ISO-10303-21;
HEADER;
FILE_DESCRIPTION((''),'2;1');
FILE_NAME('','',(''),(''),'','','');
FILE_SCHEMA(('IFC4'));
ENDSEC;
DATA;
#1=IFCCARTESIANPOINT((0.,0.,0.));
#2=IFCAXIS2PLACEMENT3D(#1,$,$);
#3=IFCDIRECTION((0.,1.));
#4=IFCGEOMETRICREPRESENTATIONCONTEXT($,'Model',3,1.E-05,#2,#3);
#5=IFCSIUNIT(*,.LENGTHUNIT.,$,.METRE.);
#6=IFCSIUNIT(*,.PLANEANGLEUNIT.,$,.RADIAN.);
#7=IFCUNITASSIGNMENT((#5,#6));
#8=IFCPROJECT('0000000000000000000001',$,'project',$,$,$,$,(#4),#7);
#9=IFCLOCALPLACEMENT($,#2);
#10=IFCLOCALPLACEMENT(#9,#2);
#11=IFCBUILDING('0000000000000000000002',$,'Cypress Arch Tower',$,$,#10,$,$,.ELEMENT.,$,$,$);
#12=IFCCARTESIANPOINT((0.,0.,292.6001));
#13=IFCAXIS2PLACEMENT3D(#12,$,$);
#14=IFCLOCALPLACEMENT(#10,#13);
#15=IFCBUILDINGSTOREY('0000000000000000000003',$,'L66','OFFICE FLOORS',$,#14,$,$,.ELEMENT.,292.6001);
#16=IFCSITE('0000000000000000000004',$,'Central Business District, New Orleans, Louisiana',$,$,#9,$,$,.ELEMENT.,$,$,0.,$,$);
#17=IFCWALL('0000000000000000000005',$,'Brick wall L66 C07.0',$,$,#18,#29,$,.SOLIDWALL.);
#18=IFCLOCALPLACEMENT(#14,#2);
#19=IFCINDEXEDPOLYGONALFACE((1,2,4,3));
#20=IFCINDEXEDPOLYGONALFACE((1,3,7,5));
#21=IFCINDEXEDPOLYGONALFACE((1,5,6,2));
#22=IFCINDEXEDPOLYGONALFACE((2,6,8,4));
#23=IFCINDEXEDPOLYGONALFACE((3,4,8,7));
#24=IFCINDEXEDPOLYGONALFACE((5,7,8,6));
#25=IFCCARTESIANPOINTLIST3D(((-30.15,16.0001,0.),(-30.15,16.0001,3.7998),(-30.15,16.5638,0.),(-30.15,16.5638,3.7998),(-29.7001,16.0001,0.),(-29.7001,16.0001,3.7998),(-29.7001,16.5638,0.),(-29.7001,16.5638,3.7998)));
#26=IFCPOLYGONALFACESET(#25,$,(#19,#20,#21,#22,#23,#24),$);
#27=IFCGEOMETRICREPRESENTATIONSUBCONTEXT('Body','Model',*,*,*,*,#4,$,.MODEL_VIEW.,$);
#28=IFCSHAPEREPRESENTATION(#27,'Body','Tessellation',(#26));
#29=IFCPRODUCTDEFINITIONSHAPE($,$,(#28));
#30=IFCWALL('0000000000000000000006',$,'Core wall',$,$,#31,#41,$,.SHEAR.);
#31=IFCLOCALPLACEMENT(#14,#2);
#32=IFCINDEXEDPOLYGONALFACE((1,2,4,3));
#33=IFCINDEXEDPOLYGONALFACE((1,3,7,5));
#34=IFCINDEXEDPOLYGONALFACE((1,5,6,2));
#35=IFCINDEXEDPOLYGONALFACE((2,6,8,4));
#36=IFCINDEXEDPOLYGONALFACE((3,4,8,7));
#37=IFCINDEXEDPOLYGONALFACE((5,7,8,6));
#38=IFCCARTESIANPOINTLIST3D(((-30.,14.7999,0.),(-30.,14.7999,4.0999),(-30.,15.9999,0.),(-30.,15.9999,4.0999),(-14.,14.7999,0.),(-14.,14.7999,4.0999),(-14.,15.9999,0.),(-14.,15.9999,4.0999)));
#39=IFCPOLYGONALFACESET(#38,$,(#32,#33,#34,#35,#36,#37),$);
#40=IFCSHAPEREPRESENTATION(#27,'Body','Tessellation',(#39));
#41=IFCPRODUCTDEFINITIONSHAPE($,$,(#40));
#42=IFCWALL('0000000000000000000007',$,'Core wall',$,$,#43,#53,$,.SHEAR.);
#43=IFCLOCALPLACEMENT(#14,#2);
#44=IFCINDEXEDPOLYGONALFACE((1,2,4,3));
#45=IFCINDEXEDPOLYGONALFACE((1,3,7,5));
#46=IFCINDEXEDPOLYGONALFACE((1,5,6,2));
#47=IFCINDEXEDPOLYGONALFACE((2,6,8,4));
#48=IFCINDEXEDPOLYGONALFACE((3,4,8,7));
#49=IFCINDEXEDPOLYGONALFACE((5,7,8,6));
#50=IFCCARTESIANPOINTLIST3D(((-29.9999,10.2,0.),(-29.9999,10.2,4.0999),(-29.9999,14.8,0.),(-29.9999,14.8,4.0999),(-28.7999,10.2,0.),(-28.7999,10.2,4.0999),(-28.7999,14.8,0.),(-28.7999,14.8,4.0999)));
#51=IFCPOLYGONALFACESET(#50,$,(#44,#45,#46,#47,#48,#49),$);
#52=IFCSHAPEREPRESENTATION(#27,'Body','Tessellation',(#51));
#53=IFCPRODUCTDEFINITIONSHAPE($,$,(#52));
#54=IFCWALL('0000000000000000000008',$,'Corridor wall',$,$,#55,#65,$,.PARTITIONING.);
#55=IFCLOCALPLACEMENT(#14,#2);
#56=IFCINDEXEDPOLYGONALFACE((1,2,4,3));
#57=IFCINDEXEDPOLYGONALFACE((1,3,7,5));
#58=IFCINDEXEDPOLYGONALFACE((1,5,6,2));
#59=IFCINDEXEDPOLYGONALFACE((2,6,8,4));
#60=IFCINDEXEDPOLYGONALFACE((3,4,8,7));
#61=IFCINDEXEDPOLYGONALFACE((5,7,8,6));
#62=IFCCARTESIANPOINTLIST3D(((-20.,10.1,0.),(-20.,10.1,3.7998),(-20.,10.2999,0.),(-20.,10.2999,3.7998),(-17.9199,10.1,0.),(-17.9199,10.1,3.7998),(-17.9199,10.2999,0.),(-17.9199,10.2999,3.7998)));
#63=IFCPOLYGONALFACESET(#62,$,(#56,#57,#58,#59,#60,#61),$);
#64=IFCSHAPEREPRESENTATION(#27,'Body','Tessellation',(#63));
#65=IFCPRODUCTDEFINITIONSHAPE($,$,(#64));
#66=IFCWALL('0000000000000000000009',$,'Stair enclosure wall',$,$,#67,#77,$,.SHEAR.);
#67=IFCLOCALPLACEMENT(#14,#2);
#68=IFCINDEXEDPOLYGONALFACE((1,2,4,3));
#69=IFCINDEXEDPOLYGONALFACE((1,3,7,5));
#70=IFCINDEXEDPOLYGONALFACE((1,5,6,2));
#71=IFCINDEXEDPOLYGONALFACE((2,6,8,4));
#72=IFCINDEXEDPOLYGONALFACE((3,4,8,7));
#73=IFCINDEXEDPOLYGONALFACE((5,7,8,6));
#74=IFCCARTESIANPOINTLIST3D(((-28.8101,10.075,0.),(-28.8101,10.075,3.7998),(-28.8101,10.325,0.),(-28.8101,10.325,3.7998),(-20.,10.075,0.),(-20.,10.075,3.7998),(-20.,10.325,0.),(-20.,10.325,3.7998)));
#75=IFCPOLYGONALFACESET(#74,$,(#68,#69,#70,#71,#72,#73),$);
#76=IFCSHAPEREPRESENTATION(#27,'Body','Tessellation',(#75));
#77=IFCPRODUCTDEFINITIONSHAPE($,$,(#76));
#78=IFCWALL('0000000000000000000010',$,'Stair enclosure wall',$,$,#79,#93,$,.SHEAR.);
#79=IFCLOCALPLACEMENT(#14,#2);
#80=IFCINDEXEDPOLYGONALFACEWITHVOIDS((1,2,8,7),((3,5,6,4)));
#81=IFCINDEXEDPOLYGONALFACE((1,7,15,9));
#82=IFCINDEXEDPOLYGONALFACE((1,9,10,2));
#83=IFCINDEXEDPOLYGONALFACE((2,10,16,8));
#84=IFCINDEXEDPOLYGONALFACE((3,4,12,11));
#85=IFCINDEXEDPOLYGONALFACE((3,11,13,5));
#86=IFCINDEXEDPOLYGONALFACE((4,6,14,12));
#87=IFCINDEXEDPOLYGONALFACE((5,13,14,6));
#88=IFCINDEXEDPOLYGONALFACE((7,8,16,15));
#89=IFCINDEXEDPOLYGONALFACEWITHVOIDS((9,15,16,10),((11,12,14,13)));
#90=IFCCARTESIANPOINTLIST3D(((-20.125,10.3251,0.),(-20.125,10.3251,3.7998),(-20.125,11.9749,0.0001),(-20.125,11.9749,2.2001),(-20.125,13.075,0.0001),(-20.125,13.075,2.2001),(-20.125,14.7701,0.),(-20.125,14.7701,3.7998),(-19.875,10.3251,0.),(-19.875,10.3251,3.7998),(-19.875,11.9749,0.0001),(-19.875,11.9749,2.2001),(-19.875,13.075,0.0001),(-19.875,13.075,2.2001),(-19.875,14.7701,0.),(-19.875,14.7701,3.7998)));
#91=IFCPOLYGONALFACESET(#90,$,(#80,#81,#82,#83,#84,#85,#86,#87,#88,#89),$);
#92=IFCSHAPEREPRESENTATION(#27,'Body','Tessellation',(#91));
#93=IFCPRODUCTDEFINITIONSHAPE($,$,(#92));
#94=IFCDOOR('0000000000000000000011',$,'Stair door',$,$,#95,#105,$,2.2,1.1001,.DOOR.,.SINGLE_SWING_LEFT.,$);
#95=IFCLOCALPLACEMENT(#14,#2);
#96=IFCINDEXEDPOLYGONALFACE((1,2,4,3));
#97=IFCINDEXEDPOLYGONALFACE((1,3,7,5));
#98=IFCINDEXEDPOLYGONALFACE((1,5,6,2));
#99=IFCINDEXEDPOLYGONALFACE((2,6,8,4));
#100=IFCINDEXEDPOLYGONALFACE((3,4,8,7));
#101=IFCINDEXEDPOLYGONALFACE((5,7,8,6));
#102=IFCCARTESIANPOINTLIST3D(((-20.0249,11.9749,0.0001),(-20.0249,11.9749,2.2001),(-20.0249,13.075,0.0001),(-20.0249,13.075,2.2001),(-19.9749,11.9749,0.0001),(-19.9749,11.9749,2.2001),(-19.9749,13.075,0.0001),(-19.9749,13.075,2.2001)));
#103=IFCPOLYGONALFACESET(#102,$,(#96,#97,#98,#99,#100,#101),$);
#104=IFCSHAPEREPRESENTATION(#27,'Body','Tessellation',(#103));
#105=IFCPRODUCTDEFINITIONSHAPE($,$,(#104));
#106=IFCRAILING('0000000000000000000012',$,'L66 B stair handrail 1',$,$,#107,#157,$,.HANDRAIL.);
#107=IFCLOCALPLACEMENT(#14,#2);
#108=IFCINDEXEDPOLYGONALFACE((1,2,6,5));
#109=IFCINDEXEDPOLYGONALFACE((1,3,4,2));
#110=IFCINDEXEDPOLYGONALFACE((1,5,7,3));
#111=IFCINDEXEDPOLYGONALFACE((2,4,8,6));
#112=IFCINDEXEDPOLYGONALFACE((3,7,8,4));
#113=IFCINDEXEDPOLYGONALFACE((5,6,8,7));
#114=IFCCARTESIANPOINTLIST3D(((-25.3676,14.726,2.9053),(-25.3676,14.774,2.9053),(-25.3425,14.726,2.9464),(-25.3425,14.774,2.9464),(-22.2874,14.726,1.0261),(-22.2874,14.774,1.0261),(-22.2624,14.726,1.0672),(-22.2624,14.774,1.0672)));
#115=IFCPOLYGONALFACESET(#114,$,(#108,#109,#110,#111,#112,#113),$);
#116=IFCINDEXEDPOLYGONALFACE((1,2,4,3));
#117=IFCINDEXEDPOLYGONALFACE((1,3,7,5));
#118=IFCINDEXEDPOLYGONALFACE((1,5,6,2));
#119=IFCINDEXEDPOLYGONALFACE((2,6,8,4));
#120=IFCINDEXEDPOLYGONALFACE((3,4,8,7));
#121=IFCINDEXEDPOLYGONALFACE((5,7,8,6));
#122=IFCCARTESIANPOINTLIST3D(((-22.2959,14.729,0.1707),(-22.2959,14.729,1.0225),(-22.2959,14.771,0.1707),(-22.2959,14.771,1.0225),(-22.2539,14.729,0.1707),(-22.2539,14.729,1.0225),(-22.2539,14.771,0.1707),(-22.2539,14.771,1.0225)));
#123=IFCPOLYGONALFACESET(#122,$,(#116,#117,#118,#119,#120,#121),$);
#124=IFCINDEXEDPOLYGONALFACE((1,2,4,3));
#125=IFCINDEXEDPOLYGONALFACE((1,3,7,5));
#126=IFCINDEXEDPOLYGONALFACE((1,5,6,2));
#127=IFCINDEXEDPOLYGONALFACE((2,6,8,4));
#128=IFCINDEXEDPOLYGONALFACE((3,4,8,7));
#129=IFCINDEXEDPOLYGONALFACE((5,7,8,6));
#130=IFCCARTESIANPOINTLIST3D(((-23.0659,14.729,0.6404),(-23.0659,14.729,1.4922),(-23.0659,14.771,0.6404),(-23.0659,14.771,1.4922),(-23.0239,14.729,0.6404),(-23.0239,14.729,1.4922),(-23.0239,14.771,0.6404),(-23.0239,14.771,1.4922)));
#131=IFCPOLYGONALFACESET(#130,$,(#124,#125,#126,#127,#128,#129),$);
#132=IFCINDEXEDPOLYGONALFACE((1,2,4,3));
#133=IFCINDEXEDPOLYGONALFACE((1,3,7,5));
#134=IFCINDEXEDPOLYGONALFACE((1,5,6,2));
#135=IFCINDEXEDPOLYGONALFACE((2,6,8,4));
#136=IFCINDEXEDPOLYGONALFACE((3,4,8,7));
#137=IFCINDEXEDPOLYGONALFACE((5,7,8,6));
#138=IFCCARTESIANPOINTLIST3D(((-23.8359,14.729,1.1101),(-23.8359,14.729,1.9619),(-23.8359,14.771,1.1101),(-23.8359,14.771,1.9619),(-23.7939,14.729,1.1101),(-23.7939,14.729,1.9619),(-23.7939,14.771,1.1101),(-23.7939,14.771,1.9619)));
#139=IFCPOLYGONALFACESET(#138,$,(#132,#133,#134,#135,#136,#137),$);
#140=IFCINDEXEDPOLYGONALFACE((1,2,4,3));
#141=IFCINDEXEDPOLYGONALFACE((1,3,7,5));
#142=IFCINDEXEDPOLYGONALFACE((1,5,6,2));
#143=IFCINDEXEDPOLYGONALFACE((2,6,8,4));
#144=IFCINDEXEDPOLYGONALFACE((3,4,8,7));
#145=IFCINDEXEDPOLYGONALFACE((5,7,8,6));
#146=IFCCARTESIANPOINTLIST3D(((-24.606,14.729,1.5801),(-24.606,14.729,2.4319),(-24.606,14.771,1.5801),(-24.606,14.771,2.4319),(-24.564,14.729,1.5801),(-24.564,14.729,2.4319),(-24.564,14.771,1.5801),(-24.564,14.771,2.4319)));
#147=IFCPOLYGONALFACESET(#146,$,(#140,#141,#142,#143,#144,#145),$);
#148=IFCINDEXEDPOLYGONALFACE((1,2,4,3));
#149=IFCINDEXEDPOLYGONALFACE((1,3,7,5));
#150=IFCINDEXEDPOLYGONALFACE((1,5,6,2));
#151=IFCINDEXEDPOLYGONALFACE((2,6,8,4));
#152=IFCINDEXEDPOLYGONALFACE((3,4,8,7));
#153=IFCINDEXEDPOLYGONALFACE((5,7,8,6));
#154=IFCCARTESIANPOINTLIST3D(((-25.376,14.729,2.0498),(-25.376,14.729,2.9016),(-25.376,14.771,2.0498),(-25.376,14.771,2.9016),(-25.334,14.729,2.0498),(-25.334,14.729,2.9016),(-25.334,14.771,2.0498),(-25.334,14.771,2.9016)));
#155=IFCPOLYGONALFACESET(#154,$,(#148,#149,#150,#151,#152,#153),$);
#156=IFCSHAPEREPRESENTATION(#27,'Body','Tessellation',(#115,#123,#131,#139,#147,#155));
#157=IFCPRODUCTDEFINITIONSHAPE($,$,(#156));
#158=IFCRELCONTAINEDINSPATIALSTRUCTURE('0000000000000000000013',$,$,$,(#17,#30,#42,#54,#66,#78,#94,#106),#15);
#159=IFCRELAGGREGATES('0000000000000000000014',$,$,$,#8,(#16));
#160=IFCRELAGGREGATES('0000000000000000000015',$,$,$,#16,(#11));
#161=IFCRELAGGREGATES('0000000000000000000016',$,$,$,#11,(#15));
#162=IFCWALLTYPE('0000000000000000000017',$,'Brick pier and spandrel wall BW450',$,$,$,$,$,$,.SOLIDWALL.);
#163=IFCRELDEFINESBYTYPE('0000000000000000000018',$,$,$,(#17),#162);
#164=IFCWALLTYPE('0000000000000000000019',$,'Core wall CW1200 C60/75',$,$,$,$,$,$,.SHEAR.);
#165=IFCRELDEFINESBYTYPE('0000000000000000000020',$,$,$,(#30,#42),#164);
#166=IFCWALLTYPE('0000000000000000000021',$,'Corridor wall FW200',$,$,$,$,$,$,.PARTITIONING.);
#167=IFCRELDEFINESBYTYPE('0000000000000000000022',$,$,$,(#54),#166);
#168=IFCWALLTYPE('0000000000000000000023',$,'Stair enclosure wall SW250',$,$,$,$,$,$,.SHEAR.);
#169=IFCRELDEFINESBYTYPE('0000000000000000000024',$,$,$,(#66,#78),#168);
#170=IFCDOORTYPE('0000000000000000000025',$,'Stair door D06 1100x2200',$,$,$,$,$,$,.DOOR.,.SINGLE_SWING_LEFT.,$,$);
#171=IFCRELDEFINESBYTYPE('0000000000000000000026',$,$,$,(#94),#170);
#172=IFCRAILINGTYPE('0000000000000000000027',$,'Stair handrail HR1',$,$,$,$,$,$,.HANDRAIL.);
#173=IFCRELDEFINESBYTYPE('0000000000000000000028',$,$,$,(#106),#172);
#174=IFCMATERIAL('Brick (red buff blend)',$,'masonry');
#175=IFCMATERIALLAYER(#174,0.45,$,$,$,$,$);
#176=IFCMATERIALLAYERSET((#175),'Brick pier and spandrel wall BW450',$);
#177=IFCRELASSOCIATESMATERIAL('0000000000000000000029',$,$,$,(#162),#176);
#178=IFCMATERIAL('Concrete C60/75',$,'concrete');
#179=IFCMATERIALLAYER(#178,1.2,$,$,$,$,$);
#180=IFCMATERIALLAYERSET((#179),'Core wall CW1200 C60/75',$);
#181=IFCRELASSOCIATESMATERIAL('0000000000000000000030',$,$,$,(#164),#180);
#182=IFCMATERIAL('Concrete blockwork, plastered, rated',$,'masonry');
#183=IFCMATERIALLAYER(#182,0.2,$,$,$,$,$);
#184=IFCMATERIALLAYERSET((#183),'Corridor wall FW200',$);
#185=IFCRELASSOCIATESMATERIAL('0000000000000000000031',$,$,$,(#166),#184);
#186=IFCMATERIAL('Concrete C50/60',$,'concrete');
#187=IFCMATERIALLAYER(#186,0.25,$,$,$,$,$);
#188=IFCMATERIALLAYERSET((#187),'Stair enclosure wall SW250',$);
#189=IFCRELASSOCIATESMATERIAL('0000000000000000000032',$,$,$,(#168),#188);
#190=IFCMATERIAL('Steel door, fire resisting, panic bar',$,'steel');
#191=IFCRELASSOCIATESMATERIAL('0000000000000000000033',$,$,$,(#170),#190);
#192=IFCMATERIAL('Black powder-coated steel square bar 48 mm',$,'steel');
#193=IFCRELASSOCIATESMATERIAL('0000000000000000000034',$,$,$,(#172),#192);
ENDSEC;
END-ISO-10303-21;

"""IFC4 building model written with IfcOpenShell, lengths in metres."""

from ifc_helpers import new_model, si_unit, direction, frame, frame_2d, origin, origin_2d, place, context, subcontext, project, spatial, rectangle, extrude, material, layer, layer_set, type_object, element, fill, save


model = new_model("IFC4")

# Units and contexts
model_context = context("Model", 3, precision=1e-05, world=origin(), true_north=direction((0.0, 1.0)))
body_context = subcontext(model_context, "Body", "Model", "MODEL_VIEW")
ifc_project = project(units=[si_unit("LENGTHUNIT", "METRE"), si_unit("PLANEANGLEUNIT", "RADIAN")], contexts=[model_context])

# Site, building, storey
site_placement = place(None, origin())
site = spatial("IfcSite", under=ifc_project, at=site_placement, Name="Central Business District, New Orleans, Louisiana", CompositionType="ELEMENT", RefElevation=0.0)
building_placement = place(site_placement, origin())
building = spatial("IfcBuilding", under=site, at=building_placement, Name="Cypress Arch Tower", CompositionType="ELEMENT")
storey_placement = place(building_placement, frame((0.0, 0.0, 292.6001)))
storey = spatial("IfcBuildingStorey", under=building, at=storey_placement, Name="L66", Description="OFFICE FLOORS", CompositionType="ELEMENT", Elevation=292.6001)

# Shared definitions
ifc_material_1 = material(Name="Brick (red buff blend)", Category="masonry")
ifc_layer_1 = layer(ifc_material_1, 0.45)
ifc_layer_set_1 = layer_set([ifc_layer_1], Name="Brick pier and spandrel wall BW450")
wall_type_1 = type_object("IfcWallType", Name="Brick pier and spandrel wall BW450", PredefinedType="SOLIDWALL", material=ifc_layer_set_1)

# Walls
wall_1_placement = place(storey_placement, frame((-29.925, 16.5637, 0.0), z_axis=(0.0, 0.0, 1.0), x_axis=(0.0, -1.0, 0.0)))
element("IfcWall", 1, at=wall_1_placement, inside=storey, type_object=wall_type_1, Name="Brick wall L66 C07.0", PredefinedType="SOLIDWALL", context=body_context, shape_type="SweptSolid", body=[
    extrude(rectangle(XDim=0.5637, YDim=0.45, at=frame_2d((0.2817, 0.0))), origin(), (0.0, 0.0, 1.0), 3.7998),
])
ifc_material_2 = material(Name="Concrete C60/75", Category="concrete")
ifc_layer_2 = layer(ifc_material_2, 1.2)
ifc_layer_set_2 = layer_set([ifc_layer_2], Name="Core wall CW1200 C60/75")
wall_type_2 = type_object("IfcWallType", Name="Core wall CW1200 C60/75", PredefinedType="SHEAR", material=ifc_layer_set_2)
wall_2_placement = place(storey_placement, frame((-30.0, 15.3999, 0.0), z_axis=(0.0, 0.0, 1.0), x_axis=(1.0, 0.0, 0.0)))
element("IfcWall", 2, at=wall_2_placement, inside=storey, type_object=wall_type_2, Name="Core wall", PredefinedType="SHEAR", context=body_context, shape_type="SweptSolid", body=[
    extrude(rectangle(XDim=16.0, YDim=1.2, at=frame_2d((8.0, 0.0))), origin(), (0.0, 0.0, 1.0), 4.0999),
])
wall_3_placement = place(storey_placement, frame((-29.3999, 10.2, 0.0), z_axis=(0.0, 0.0, 1.0), x_axis=(0.0, 1.0, 0.0)))
element("IfcWall", 3, at=wall_3_placement, inside=storey, type_object=wall_type_2, Name="Core wall", PredefinedType="SHEAR", context=body_context, shape_type="SweptSolid", body=[
    extrude(rectangle(XDim=4.6001, YDim=1.2, at=frame_2d((2.3, 0.0))), origin(), (0.0, 0.0, 1.0), 4.0999),
])
ifc_material_3 = material(Name="Concrete blockwork, plastered, rated", Category="masonry")
ifc_layer_3 = layer(ifc_material_3, 0.2)
ifc_layer_set_3 = layer_set([ifc_layer_3], Name="Corridor wall FW200")
wall_type_3 = type_object("IfcWallType", Name="Corridor wall FW200", PredefinedType="PARTITIONING", material=ifc_layer_set_3)
wall_4_placement = place(storey_placement, frame((-20.0, 10.2, 0.0), z_axis=(0.0, 0.0, 1.0), x_axis=(1.0, 0.0, 0.0)))
element("IfcWall", 4, at=wall_4_placement, inside=storey, type_object=wall_type_3, Name="Corridor wall", PredefinedType="PARTITIONING", context=body_context, shape_type="SweptSolid", body=[
    extrude(rectangle(XDim=2.0801, YDim=0.2, at=frame_2d((1.04, 0.0))), origin(), (0.0, 0.0, 1.0), 3.7998),
])
ifc_material_4 = material(Name="Concrete C50/60", Category="concrete")
ifc_layer_4 = layer(ifc_material_4, 0.25)
ifc_layer_set_4 = layer_set([ifc_layer_4], Name="Stair enclosure wall SW250")
wall_type_4 = type_object("IfcWallType", Name="Stair enclosure wall SW250", PredefinedType="SHEAR", material=ifc_layer_set_4)
wall_5_placement = place(storey_placement, frame((-28.8101, 10.2, 0.0), z_axis=(0.0, 0.0, 1.0), x_axis=(1.0, 0.0, 0.0)))
element("IfcWall", 5, at=wall_5_placement, inside=storey, type_object=wall_type_4, Name="Stair enclosure wall", PredefinedType="SHEAR", context=body_context, shape_type="SweptSolid", body=[
    extrude(rectangle(XDim=8.8101, YDim=0.25, at=frame_2d((4.405, 0.0))), origin(), (0.0, 0.0, 1.0), 3.7998),
])

# Wall, opening, door
wall_6_placement = place(storey_placement, frame((-20.0, 10.325, 0.0), z_axis=(0.0, 0.0, 1.0), x_axis=(0.0, 1.0, 0.0)))
wall_6 = element("IfcWall", 6, at=wall_6_placement, inside=storey, type_object=wall_type_4, Name="Stair enclosure wall", PredefinedType="SHEAR", context=body_context, shape_type="SweptSolid", body=[
    extrude(rectangle(XDim=4.4451, YDim=0.25, at=frame_2d((2.2227, 0.0))), origin(), (0.0, 0.0, 1.0), 3.7998),
])
opening_1_placement = place(wall_6_placement, frame((1.6499, 0.0, 0.0)))
opening_1 = element("IfcOpeningElement", 7, at=opening_1_placement, cuts=wall_6, PredefinedType="OPENING", context=body_context, shape_type="SweptSolid", body=[
    extrude(rectangle(XDim=1.1001, YDim=2.2, at=frame_2d((0.55, 1.1001))), frame((0.0, 0.135, 0.0), z_axis=(0.0, -1.0, 0.0), x_axis=(1.0, 0.0, 0.0)), (0.0, 0.0, 1.0), 0.27),
])
ifc_material_5 = material(Name="Steel door, fire resisting, panic bar", Category="steel")
door_type = type_object("IfcDoorType", Name="Stair door D06 1100x2200", OperationType="SINGLE_SWING_LEFT", PredefinedType="DOOR", material=ifc_material_5)
door_placement = place(opening_1_placement, origin())
door = element("IfcDoor", 8, at=door_placement, inside=storey, type_object=door_type, Name="Stair door", OperationType="SINGLE_SWING_LEFT", OverallHeight=2.2, OverallWidth=1.1001, PredefinedType="DOOR", context=body_context, shape_type="SweptSolid", body=[
    extrude(rectangle(XDim=1.1001, YDim=2.2, at=frame_2d((0.55, 1.1001))), frame((0.0, 0.0249, 0.0), z_axis=(0.0, -1.0, 0.0), x_axis=(1.0, 0.0, 0.0)), (0.0, 0.0, 1.0), 0.05),
])
fill(opening_1, door)

# Railing
ifc_material_6 = material(Name="Black powder-coated steel square bar 48 mm", Category="steel")
railing_type_1 = type_object("IfcRailingType", Name="Stair handrail HR1", PredefinedType="HANDRAIL", material=ifc_material_6)
railing_1_placement = place(storey_placement, frame((-22.2749, 14.75, 0.1707)))
element("IfcRailing", 9, at=railing_1_placement, inside=storey, type_object=railing_type_1, Name="L66 B stair handrail 1", PredefinedType="HANDRAIL", context=body_context, shape_type="SweptSolid", body=[
    extrude(rectangle(XDim=0.0481, YDim=0.0481, at=origin_2d()), frame((0.0, 0.0, 0.876), z_axis=(-0.853666, 0.0, 0.52082), x_axis=(0.0, -1.0, 0.0)), (0.0, 0.0, 1.0), 3.6082),
    extrude(rectangle(XDim=0.042, YDim=0.042, at=origin_2d()), origin(), (0.0, 0.0, 1.0), 0.8518),
    extrude(rectangle(XDim=0.042, YDim=0.042, at=origin_2d()), frame((-0.77, 0.0, 0.4697)), (0.0, 0.0, 1.0), 0.8518),
    extrude(rectangle(XDim=0.042, YDim=0.042, at=origin_2d()), frame((-1.54, 0.0, 0.9395)), (0.0, 0.0, 1.0), 0.8518),
    extrude(rectangle(XDim=0.042, YDim=0.042, at=origin_2d()), frame((-2.3101, 0.0, 1.4094)), (0.0, 0.0, 1.0), 0.8518),
    extrude(rectangle(XDim=0.042, YDim=0.042, at=origin_2d()), frame((-3.0801, 0.0, 1.8792)), (0.0, 0.0, 1.0), 0.8518),
])

save(model, "model.ifc")
